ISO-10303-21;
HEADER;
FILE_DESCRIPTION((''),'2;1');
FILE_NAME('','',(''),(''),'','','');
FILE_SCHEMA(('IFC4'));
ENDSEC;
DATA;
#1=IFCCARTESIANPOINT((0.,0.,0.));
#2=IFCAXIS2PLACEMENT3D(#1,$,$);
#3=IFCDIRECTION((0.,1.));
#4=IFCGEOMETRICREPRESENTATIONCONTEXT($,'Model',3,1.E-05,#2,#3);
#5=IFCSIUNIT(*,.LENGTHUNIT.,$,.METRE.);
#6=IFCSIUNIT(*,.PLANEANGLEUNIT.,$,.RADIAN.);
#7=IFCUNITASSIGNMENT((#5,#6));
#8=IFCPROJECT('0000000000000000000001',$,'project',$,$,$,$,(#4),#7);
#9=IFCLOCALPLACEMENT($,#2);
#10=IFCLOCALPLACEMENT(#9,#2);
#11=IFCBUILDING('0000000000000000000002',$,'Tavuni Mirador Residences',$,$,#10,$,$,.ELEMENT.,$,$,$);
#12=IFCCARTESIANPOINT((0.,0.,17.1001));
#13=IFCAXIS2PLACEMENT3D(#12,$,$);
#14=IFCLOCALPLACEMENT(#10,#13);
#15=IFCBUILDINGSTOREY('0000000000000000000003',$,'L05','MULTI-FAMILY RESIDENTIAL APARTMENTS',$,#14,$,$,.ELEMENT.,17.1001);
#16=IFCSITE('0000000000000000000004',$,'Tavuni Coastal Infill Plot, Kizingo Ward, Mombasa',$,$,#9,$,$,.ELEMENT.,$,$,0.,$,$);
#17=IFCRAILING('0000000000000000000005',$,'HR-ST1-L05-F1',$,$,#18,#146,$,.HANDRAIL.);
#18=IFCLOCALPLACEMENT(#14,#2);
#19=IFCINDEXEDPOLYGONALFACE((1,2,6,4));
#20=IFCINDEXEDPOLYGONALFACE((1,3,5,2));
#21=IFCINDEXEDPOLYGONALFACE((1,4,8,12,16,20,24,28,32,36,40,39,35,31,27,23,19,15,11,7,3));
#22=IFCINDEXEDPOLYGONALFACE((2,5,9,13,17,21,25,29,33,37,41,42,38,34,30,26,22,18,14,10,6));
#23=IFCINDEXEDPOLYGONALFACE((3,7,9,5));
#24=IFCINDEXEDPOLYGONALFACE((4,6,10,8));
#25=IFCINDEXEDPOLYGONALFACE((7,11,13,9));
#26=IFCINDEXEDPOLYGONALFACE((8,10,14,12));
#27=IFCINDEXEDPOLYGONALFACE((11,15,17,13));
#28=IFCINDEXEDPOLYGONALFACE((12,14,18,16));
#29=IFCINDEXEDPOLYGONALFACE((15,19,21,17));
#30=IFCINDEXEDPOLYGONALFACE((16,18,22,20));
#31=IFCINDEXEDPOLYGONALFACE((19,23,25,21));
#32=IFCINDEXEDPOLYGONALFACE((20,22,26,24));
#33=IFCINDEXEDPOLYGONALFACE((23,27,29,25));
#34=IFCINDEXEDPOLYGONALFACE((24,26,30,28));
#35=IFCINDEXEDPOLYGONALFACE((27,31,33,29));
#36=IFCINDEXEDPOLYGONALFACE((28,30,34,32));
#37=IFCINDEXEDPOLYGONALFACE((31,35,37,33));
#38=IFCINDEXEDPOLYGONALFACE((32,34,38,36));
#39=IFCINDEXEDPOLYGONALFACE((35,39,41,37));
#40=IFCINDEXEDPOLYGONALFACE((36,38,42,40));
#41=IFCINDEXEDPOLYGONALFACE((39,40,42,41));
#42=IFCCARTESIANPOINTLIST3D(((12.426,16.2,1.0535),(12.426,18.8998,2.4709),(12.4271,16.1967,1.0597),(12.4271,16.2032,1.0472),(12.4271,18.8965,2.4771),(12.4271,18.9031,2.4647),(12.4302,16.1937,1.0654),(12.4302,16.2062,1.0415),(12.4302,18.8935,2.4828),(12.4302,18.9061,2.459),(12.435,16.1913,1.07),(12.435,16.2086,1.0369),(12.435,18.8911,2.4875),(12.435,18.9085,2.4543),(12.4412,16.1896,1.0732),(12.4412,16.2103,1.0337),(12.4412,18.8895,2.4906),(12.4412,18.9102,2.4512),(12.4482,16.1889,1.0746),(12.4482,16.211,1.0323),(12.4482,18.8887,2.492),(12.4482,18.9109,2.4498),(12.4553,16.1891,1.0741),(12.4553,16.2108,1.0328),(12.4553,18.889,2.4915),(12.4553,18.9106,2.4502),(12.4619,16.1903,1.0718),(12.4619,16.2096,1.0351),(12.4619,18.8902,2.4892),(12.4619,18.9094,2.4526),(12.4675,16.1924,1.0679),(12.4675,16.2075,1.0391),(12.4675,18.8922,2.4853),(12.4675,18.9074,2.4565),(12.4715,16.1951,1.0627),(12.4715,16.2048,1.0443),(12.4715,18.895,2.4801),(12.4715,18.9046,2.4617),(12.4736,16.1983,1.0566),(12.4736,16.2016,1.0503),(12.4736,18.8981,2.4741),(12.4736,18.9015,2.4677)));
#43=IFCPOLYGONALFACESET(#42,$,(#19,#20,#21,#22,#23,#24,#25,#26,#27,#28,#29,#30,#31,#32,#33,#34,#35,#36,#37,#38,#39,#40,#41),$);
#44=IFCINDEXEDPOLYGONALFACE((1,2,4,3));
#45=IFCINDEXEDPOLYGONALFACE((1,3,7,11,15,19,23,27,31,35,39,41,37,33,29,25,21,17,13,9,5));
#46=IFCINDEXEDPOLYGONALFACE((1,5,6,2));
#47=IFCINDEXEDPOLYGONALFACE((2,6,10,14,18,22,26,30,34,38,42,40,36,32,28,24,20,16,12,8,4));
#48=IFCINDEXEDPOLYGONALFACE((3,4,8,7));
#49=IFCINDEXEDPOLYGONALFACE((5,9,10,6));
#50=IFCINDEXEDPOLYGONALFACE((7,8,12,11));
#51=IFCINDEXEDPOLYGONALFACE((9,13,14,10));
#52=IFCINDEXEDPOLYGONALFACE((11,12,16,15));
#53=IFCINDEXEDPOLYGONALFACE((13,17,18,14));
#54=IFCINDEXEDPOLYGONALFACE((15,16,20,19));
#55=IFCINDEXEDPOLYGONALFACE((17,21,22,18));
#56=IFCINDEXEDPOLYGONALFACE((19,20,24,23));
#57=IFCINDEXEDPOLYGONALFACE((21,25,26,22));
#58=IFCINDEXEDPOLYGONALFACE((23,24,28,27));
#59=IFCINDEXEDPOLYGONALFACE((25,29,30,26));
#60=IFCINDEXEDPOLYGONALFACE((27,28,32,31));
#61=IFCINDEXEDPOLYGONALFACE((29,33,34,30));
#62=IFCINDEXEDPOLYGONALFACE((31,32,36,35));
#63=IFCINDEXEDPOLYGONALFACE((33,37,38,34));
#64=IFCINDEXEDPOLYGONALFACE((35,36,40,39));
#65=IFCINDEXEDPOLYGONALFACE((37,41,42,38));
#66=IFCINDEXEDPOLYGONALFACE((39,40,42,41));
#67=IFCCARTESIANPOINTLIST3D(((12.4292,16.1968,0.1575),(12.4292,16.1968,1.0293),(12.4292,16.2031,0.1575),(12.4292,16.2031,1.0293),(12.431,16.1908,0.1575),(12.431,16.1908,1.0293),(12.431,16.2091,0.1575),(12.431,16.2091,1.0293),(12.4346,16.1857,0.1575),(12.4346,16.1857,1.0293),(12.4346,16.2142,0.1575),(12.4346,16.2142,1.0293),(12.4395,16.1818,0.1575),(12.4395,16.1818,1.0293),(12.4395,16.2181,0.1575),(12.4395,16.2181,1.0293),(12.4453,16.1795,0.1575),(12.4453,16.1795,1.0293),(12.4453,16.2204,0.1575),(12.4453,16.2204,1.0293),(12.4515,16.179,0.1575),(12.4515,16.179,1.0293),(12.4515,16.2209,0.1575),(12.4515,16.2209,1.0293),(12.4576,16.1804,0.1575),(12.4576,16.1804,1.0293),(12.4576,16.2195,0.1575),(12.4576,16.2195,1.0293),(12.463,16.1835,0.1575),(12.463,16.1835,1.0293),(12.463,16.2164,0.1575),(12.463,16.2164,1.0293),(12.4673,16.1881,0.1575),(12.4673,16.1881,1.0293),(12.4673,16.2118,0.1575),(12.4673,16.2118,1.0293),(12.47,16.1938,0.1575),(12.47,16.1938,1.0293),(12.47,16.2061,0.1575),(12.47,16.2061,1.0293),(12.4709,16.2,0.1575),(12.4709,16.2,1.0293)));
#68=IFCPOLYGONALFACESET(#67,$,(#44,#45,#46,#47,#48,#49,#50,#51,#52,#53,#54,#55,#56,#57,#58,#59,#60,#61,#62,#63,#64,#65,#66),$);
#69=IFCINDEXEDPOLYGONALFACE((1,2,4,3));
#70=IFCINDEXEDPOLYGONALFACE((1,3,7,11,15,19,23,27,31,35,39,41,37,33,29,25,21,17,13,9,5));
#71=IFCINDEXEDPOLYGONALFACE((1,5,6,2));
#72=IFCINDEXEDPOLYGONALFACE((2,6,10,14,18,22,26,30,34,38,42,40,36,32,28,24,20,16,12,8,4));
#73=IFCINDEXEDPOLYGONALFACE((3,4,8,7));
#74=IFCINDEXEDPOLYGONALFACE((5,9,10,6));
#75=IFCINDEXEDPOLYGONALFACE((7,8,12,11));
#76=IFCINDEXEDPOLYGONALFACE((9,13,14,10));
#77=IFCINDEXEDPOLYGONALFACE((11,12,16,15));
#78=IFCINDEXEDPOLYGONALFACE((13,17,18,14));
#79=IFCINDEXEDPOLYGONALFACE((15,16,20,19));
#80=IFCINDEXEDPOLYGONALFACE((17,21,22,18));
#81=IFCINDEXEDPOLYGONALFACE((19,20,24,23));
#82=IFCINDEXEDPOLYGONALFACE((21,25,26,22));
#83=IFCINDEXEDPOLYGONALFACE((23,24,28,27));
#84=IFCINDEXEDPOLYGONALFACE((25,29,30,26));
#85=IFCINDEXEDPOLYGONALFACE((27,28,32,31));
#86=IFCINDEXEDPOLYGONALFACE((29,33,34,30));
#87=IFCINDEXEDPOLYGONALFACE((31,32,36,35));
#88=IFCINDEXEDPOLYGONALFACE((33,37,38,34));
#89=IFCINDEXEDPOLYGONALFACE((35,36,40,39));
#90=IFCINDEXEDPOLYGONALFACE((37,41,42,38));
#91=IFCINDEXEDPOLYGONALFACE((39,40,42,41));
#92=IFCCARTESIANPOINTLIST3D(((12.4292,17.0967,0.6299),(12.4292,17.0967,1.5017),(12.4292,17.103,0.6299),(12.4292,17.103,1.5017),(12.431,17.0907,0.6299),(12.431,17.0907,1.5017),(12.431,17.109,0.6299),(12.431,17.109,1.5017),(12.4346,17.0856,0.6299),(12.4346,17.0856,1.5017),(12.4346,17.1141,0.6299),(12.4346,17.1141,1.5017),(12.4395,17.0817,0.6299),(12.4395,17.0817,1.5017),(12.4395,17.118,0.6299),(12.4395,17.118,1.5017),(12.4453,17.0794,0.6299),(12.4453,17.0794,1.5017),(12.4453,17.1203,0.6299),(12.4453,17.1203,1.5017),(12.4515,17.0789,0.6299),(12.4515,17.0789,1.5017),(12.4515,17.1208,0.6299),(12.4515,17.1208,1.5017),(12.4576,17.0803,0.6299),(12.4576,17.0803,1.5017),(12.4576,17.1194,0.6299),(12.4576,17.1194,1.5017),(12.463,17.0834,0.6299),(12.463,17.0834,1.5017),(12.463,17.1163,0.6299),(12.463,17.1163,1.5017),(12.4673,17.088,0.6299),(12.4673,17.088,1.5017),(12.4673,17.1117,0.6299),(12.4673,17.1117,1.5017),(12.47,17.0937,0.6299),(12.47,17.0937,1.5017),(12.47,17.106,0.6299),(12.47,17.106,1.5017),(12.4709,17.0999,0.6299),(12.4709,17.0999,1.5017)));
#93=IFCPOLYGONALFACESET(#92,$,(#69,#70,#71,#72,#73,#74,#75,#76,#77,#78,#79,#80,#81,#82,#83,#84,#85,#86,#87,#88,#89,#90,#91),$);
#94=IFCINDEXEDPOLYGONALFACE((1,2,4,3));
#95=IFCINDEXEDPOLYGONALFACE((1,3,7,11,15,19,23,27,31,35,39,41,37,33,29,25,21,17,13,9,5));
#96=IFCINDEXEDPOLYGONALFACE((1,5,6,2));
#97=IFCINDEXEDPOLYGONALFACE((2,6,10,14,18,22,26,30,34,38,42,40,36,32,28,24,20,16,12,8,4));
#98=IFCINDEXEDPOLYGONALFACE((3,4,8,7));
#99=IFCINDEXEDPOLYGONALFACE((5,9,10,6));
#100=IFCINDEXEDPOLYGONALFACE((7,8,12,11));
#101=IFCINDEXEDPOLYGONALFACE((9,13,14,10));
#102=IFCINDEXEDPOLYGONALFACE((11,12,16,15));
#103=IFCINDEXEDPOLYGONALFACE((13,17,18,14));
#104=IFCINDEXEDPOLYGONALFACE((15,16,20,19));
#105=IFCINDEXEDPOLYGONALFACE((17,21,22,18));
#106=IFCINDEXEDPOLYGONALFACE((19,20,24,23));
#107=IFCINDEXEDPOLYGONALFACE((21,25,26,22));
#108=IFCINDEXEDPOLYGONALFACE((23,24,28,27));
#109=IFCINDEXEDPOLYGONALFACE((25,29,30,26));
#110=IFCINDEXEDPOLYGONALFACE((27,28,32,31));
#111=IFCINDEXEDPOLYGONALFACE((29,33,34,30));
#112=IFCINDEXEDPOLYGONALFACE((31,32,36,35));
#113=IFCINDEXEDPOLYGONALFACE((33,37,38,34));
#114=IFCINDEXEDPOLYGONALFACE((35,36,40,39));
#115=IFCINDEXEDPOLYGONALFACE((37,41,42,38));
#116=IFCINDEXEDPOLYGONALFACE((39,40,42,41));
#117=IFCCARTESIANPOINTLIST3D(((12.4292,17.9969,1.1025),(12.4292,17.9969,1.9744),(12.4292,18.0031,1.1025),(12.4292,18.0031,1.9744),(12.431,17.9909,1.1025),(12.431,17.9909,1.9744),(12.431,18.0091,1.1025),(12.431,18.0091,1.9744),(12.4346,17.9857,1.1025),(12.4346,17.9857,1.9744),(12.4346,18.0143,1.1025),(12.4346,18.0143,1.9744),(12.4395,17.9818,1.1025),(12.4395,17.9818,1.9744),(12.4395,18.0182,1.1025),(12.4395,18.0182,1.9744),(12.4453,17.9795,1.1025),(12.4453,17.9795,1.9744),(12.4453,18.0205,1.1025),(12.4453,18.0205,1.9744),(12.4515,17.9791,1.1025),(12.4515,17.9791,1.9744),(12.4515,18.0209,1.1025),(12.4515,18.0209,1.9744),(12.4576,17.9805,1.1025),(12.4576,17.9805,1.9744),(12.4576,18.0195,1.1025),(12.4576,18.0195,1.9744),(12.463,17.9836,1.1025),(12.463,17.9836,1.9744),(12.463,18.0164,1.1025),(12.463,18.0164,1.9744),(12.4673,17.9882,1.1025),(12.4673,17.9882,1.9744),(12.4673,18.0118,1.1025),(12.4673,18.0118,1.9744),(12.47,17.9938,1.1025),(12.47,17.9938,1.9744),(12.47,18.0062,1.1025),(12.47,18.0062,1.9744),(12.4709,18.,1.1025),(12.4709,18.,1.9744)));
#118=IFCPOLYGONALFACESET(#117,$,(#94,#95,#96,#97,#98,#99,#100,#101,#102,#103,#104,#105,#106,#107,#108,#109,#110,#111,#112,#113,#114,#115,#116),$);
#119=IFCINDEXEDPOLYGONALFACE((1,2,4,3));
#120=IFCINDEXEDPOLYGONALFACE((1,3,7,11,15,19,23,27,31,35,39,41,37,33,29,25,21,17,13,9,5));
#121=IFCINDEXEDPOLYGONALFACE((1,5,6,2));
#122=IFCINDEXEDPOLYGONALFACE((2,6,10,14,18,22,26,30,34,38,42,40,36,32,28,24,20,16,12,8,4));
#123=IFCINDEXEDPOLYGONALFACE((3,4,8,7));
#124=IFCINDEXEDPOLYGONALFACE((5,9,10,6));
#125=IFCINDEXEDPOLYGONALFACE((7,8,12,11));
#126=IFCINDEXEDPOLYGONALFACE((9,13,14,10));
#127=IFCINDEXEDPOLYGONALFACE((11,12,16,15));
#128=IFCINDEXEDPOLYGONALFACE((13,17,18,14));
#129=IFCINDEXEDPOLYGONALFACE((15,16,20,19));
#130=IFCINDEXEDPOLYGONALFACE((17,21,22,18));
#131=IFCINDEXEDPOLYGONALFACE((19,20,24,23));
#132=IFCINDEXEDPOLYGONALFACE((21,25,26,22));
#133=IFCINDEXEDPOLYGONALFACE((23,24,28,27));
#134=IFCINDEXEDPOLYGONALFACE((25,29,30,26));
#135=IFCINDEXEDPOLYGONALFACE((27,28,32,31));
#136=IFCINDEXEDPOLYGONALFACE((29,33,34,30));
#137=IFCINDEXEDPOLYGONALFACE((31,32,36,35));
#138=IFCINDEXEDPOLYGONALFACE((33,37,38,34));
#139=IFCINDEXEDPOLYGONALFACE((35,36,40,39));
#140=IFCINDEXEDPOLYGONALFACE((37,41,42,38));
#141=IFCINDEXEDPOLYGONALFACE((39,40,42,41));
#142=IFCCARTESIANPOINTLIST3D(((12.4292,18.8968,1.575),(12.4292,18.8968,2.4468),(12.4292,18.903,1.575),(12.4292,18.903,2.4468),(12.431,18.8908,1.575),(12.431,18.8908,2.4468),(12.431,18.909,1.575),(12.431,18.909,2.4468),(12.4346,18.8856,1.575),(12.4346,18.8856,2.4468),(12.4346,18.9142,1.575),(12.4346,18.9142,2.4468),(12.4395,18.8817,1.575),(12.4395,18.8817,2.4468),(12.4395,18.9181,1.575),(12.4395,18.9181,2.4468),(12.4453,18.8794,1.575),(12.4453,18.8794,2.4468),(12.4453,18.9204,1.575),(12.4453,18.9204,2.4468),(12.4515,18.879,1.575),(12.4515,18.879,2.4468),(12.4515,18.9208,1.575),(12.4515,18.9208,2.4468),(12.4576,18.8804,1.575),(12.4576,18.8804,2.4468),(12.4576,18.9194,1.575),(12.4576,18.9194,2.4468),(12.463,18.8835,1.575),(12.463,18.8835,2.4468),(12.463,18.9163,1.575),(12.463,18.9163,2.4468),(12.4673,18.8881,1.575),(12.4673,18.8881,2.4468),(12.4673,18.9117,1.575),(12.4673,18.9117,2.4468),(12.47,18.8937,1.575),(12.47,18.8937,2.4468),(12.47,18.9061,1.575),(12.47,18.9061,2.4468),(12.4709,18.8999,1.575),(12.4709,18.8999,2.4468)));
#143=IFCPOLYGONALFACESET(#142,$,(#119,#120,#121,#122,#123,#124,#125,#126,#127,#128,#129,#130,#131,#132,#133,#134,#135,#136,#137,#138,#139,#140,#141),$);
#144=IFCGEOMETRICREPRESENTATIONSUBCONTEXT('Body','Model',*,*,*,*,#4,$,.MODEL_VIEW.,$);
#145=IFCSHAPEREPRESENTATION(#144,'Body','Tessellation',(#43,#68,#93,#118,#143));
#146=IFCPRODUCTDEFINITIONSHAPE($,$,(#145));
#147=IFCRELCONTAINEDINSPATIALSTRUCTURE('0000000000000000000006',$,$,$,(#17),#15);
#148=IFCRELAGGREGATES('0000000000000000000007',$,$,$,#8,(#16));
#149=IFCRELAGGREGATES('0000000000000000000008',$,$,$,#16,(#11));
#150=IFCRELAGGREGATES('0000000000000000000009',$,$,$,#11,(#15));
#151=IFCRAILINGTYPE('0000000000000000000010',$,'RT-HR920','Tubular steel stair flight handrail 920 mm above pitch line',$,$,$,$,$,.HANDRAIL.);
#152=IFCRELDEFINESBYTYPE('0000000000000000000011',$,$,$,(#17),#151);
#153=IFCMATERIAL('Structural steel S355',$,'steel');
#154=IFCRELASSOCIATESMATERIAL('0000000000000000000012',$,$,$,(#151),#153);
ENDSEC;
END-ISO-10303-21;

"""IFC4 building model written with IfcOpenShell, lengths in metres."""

from ifc_helpers import new_model, si_unit, direction, frame, origin, origin_2d, place, context, subcontext, project, spatial, circle, extrude, material, type_object, element, save


model = new_model("IFC4")

# Units and contexts
model_context = context("Model", 3, precision=1e-05, world=origin(), true_north=direction((0.0, 1.0)))
body_context = subcontext(model_context, "Body", "Model", "MODEL_VIEW")
ifc_project = project(units=[si_unit("LENGTHUNIT", "METRE"), si_unit("PLANEANGLEUNIT", "RADIAN")], contexts=[model_context])

# Site, building, storey
site_placement = place(None, origin())
site = spatial("IfcSite", under=ifc_project, at=site_placement, Name="Tavuni Coastal Infill Plot, Kizingo Ward, Mombasa", CompositionType="ELEMENT", RefElevation=0.0)
building_placement = place(site_placement, origin())
building = spatial("IfcBuilding", under=site, at=building_placement, Name="Tavuni Mirador Residences", CompositionType="ELEMENT")
storey_placement = place(building_placement, frame((0.0, 0.0, 17.1001)))
storey = spatial("IfcBuildingStorey", under=building, at=storey_placement, Name="L05", Description="MULTI-FAMILY RESIDENTIAL APARTMENTS", CompositionType="ELEMENT", Elevation=17.1001)

# Shared definitions
ifc_material_1 = material(Name="Structural steel S355", Category="steel")

# Railing
railing_type_1 = type_object("IfcRailingType", Name="RT-HR920", Description="Tubular steel stair flight handrail 920 mm above pitch line", PredefinedType="HANDRAIL", material=ifc_material_1)
railing_1_placement = place(storey_placement, frame((12.45, 16.2, 0.1575)))
element("IfcRailing", 1, at=railing_1_placement, inside=storey, type_object=railing_type_1, Name="HR-ST1-L05-F1", PredefinedType="HANDRAIL", context=body_context, shape_type="SweptSolid", body=[
    extrude(circle(Radius=0.0239, at=origin_2d()), frame((0.0, 0.0, 0.896), z_axis=(0.0, 0.885397, 0.464835), x_axis=(-1.0, 0.0, 0.0)), (0.0, 0.0, 1.0), 3.0493),
    extrude(circle(Radius=0.021, at=origin_2d()), origin(), (0.0, 0.0, 1.0), 0.8718),
    extrude(circle(Radius=0.021, at=origin_2d()), frame((0.0, 0.8999, 0.4724)), (0.0, 0.0, 1.0), 0.8718),
    extrude(circle(Radius=0.021, at=origin_2d()), frame((0.0, 1.8, 0.9451)), (0.0, 0.0, 1.0), 0.8718),
    extrude(circle(Radius=0.021, at=origin_2d()), frame((0.0, 2.7, 1.4175)), (0.0, 0.0, 1.0), 0.8718),
])

save(model, "model.ifc")
